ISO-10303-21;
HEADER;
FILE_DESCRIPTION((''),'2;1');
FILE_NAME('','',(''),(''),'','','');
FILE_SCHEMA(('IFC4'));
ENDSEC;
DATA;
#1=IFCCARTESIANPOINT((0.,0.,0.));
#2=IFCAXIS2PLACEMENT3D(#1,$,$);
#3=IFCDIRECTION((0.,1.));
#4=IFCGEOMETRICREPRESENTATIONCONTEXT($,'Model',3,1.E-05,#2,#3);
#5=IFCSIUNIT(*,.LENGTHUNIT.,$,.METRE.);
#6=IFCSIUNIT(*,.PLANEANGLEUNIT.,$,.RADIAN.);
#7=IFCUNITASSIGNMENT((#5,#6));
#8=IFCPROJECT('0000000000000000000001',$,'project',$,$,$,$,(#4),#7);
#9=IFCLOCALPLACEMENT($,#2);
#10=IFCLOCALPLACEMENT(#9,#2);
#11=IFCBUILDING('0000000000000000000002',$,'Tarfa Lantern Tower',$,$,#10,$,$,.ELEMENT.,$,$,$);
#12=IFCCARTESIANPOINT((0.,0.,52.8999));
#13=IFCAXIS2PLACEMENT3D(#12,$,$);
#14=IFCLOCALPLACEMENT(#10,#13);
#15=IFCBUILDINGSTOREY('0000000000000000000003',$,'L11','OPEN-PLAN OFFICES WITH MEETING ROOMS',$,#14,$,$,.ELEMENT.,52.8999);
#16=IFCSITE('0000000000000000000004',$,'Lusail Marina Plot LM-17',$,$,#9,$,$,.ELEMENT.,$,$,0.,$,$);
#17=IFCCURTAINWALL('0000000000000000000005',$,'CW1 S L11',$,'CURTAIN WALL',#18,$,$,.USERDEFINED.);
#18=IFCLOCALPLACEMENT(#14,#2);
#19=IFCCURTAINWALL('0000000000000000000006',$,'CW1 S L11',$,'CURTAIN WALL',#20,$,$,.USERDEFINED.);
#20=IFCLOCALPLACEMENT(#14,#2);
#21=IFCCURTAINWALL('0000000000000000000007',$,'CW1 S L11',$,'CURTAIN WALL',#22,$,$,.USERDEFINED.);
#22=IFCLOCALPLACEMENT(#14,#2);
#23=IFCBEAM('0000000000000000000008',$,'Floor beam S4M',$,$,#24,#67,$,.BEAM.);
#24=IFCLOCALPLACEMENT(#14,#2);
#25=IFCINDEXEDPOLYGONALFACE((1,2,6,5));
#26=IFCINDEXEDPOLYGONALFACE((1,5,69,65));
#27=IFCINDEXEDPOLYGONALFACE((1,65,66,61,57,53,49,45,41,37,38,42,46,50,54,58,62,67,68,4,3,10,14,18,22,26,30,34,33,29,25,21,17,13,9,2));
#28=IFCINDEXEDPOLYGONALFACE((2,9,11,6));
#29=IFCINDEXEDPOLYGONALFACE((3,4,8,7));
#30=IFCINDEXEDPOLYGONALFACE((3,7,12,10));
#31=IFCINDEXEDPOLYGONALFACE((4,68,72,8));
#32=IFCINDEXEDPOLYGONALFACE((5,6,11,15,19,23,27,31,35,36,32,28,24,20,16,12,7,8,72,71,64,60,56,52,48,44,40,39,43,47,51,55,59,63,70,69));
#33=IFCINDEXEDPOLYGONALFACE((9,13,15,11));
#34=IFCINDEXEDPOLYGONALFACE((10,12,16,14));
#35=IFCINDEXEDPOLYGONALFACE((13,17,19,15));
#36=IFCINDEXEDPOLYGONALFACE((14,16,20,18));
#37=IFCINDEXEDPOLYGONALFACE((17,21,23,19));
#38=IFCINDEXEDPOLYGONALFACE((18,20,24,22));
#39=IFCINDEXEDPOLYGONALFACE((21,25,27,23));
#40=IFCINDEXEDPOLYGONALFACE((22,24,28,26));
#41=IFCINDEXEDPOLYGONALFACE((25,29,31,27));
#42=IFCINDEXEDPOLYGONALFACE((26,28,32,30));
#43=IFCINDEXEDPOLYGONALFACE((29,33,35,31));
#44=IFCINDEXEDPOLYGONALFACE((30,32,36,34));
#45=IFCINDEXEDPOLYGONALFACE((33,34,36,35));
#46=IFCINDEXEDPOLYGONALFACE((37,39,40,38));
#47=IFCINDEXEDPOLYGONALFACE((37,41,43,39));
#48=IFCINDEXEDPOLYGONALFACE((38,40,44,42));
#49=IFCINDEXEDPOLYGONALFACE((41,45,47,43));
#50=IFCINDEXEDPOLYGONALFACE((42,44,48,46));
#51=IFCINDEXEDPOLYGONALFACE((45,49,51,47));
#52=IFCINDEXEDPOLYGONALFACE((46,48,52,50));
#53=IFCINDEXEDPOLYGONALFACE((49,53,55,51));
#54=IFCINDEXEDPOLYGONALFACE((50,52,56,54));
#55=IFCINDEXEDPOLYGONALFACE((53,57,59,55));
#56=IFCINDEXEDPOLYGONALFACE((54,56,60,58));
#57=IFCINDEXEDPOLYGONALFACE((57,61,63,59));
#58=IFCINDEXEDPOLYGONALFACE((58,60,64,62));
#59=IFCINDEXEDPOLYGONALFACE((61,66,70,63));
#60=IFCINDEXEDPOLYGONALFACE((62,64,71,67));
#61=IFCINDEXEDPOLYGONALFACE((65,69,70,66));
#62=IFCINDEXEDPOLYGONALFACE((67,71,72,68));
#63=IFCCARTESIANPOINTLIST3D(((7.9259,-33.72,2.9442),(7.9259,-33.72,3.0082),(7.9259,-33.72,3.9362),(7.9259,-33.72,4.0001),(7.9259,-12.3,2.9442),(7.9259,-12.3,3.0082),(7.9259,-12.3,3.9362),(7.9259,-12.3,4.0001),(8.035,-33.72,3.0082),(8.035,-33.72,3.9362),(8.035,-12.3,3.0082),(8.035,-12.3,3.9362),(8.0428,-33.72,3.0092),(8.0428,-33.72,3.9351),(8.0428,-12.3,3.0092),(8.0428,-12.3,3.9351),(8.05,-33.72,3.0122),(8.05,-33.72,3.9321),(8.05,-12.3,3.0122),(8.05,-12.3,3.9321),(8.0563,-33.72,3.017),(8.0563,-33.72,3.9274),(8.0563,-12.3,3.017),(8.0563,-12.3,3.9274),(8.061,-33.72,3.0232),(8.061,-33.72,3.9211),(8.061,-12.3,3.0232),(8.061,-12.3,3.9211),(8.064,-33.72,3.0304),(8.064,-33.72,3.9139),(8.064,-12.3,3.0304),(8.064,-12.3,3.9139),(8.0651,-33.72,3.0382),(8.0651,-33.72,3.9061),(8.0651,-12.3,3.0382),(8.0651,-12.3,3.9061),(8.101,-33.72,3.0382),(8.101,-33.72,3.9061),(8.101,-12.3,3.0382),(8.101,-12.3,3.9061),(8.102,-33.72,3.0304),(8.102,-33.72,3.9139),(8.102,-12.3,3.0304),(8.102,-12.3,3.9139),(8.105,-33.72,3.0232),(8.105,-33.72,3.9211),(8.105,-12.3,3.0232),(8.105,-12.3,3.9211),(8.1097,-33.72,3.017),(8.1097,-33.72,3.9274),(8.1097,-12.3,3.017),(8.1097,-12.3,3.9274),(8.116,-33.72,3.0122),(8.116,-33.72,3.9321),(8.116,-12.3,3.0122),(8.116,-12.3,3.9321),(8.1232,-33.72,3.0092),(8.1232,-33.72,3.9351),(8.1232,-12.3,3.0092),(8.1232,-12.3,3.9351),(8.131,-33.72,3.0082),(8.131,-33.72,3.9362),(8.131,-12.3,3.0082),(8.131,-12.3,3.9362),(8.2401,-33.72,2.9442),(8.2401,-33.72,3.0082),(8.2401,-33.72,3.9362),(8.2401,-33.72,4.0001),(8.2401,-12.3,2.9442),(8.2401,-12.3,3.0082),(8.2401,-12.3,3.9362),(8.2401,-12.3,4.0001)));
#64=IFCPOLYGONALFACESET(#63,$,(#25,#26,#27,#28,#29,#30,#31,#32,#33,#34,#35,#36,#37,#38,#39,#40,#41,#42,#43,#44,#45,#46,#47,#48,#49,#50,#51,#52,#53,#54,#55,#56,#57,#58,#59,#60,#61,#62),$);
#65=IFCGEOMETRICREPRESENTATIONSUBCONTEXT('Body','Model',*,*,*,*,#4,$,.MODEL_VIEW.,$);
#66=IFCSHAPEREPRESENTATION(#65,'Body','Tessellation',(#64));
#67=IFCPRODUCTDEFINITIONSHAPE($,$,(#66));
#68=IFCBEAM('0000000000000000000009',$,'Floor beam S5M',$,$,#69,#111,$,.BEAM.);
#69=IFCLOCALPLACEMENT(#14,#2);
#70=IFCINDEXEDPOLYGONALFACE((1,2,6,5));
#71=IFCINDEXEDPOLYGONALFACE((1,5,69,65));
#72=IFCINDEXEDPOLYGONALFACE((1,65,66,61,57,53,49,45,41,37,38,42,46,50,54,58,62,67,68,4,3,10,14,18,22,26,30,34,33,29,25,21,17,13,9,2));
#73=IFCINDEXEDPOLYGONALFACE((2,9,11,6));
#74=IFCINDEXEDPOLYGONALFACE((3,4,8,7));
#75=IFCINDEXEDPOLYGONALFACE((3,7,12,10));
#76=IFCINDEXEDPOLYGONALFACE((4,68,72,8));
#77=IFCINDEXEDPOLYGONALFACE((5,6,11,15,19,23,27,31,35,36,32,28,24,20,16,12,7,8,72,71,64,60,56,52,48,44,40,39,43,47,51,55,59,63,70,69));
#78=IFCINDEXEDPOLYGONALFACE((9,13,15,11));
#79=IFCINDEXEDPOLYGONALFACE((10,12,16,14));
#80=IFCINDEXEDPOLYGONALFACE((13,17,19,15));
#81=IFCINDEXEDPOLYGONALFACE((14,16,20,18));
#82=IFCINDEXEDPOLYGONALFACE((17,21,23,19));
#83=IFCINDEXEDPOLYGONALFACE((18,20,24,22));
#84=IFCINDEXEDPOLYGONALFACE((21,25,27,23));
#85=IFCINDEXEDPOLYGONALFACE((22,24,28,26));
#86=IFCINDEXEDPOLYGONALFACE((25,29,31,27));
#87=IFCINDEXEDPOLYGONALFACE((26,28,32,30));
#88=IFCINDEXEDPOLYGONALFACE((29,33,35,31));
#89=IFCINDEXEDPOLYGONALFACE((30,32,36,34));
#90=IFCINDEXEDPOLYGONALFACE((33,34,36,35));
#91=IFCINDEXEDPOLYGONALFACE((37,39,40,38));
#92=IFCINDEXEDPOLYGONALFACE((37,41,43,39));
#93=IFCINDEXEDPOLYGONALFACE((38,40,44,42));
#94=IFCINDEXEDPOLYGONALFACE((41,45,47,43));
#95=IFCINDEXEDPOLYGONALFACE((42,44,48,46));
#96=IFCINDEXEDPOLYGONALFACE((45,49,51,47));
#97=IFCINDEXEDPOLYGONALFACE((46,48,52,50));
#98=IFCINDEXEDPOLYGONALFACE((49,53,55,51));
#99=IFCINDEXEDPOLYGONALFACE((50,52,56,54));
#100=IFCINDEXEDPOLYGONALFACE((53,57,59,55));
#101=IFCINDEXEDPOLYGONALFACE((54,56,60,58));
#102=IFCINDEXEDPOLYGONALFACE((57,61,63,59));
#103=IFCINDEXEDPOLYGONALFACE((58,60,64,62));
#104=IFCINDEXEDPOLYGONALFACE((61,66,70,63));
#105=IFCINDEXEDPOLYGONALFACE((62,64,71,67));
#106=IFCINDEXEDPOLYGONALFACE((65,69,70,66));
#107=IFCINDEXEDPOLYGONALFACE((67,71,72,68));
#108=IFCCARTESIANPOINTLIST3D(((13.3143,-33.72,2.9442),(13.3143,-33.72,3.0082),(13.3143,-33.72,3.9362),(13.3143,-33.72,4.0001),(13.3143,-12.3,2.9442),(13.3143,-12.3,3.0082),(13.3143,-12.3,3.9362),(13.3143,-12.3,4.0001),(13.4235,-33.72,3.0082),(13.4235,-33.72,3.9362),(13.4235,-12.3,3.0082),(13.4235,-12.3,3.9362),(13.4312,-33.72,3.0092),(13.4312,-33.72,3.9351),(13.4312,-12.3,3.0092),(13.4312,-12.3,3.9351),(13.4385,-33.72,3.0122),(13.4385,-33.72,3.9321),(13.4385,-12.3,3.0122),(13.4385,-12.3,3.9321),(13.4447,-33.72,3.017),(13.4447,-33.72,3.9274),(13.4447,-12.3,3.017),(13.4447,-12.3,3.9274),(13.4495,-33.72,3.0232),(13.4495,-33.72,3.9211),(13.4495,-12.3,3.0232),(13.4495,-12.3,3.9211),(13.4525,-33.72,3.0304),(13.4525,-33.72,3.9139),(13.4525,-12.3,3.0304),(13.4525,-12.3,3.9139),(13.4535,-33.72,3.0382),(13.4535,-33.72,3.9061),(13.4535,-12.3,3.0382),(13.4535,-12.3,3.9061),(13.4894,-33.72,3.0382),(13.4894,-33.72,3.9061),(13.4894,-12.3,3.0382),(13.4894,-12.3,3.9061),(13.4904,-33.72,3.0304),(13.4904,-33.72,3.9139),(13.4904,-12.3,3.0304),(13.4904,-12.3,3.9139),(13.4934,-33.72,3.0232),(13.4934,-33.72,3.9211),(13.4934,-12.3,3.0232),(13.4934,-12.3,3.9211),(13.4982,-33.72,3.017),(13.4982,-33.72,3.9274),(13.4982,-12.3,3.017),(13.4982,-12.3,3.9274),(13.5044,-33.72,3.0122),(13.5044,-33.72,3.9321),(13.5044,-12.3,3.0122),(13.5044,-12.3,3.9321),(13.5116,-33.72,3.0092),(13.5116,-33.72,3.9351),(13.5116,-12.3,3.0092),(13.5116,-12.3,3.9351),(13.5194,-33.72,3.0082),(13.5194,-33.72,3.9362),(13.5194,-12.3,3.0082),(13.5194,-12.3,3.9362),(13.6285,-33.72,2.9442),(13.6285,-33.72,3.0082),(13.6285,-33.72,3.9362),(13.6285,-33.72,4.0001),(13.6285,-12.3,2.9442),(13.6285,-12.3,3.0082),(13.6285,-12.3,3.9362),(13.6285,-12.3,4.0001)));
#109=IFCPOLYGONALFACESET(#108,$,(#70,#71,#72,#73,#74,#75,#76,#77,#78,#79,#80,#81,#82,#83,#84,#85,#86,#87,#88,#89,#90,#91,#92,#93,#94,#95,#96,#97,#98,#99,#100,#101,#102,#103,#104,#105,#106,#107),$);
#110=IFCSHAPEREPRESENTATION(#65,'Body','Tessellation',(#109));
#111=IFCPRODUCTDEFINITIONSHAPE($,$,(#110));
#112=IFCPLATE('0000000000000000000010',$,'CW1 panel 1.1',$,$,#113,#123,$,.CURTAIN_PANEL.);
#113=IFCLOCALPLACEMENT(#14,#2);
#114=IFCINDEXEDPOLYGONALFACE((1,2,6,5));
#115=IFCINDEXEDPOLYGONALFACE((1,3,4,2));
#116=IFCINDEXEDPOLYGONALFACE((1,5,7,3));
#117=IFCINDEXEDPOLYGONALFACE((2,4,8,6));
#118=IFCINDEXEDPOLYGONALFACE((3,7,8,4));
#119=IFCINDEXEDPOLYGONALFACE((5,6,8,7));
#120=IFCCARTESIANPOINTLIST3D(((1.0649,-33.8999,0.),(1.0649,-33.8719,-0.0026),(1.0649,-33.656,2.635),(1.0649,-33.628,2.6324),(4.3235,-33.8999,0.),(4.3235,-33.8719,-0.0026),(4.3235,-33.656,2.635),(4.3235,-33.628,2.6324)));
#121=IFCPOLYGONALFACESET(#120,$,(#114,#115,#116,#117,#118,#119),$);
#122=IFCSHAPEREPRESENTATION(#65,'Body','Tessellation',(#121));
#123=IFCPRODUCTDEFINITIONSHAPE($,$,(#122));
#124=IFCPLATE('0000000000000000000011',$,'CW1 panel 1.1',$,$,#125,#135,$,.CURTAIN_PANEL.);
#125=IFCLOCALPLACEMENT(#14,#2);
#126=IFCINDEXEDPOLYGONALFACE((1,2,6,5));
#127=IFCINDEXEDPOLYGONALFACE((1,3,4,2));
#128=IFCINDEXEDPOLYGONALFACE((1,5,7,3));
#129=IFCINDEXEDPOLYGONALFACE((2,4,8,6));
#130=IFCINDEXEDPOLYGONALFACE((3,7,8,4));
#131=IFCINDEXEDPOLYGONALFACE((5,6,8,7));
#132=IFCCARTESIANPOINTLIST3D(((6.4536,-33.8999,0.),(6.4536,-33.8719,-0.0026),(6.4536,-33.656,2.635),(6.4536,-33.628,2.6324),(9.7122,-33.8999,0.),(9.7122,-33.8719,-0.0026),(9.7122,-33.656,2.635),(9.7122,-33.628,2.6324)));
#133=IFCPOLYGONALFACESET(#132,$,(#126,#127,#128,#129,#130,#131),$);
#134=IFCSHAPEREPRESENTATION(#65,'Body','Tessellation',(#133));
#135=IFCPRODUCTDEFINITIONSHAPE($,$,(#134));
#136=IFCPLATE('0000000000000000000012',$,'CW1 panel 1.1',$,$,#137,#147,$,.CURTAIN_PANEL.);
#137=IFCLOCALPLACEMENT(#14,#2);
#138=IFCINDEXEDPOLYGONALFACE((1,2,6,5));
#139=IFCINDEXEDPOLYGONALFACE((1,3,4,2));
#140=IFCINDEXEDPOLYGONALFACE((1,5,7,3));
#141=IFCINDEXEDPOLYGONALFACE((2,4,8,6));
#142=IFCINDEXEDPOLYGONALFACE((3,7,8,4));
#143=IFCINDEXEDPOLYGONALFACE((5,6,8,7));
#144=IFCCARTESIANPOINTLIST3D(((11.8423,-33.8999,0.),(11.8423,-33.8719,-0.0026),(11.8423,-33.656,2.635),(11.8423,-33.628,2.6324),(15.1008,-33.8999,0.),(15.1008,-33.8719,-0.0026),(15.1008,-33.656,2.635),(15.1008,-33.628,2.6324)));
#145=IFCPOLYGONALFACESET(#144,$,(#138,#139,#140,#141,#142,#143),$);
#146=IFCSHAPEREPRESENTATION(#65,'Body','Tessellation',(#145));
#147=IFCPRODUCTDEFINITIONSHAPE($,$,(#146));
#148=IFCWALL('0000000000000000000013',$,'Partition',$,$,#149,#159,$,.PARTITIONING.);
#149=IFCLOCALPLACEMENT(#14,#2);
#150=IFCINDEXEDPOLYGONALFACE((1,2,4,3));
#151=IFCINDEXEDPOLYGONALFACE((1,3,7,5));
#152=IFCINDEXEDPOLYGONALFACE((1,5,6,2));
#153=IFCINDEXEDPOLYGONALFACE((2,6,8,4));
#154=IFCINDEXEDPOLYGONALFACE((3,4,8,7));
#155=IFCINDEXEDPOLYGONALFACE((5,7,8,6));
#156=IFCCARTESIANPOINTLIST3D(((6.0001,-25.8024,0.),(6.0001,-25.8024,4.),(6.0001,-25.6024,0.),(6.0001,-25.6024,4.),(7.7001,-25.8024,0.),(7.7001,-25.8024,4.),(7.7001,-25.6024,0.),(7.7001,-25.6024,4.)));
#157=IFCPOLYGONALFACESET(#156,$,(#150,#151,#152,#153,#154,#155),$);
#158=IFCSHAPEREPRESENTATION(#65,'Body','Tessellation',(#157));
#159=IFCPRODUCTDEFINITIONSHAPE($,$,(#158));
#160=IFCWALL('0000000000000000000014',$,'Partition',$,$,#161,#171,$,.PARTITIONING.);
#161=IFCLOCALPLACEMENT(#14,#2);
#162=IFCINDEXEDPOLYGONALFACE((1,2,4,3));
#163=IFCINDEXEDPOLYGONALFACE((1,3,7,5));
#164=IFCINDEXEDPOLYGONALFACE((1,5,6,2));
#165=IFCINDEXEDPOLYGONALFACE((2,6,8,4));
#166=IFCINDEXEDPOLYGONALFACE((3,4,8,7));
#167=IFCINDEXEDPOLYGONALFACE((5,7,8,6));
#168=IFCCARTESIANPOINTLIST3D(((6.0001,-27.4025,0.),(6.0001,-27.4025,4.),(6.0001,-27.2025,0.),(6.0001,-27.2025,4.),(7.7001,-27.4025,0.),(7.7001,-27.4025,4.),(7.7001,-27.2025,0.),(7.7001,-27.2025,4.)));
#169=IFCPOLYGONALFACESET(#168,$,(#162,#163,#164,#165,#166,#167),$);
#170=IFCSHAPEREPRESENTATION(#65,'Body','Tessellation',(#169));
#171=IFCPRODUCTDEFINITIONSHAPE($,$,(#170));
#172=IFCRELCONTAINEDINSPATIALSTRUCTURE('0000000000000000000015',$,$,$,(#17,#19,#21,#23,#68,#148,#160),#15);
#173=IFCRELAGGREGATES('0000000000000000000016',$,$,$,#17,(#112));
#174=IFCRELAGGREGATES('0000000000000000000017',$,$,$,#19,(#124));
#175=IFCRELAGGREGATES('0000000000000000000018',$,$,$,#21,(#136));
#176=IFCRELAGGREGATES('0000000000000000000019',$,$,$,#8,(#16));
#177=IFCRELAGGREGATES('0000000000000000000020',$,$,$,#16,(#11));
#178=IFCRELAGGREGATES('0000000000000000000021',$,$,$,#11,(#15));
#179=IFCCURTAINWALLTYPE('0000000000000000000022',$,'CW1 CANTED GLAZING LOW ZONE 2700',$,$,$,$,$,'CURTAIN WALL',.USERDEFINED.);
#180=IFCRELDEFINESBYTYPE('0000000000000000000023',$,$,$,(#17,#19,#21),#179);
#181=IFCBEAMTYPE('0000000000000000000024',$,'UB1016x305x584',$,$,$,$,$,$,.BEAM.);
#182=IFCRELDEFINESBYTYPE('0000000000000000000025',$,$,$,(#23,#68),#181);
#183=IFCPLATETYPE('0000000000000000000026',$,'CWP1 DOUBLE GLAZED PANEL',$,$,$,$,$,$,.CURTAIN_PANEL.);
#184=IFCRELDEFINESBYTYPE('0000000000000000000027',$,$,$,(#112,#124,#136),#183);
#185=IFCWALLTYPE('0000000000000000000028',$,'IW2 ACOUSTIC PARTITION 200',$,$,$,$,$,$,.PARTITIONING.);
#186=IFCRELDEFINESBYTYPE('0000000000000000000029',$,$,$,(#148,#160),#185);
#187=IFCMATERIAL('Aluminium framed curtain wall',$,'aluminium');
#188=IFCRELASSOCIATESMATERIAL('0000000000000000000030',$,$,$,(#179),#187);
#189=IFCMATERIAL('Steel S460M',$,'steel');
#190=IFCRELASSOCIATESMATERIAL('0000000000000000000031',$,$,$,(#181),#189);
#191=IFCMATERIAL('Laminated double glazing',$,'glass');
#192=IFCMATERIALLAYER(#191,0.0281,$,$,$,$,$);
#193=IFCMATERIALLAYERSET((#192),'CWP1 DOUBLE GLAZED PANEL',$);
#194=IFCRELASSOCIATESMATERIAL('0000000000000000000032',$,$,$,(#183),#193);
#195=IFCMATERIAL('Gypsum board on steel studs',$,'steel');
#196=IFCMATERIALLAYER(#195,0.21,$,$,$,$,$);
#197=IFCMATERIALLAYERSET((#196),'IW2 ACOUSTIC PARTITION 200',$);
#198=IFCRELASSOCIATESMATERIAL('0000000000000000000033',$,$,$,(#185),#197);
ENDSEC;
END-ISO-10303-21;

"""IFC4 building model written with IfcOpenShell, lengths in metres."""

from ifc_helpers import new_model, si_unit, direction, frame, frame_2d, origin, origin_2d, place, context, subcontext, project, spatial, polyline, rectangle, i_section, outline, extrude, material, layer, layer_set, material_profile, profile_set, type_object, element, aggregate, save


model = new_model("IFC4")

# Units and contexts
model_context = context("Model", 3, precision=1e-05, world=origin(), true_north=direction((0.0, 1.0)))
body_context = subcontext(model_context, "Body", "Model", "MODEL_VIEW")
ifc_project = project(units=[si_unit("LENGTHUNIT", "METRE"), si_unit("PLANEANGLEUNIT", "RADIAN")], contexts=[model_context])

# Site, building, storey
site_placement = place(None, origin())
site = spatial("IfcSite", under=ifc_project, at=site_placement, Name="Lusail Marina Plot LM-17", CompositionType="ELEMENT", RefElevation=0.0)
building_placement = place(site_placement, origin())
building = spatial("IfcBuilding", under=site, at=building_placement, Name="Tarfa Lantern Tower", CompositionType="ELEMENT")
storey_placement = place(building_placement, frame((0.0, 0.0, 52.8999)))
storey = spatial("IfcBuildingStorey", under=building, at=storey_placement, Name="L11", Description="OPEN-PLAN OFFICES WITH MEETING ROOMS", CompositionType="ELEMENT", Elevation=52.8999)

# Curtain walls
ifc_material_1 = material(Name="Aluminium framed curtain wall", Category="aluminium")
curtain_wall_type = type_object("IfcCurtainWallType", Name="CW1 CANTED GLAZING LOW ZONE 2700", ElementType="CURTAIN WALL", PredefinedType="USERDEFINED", material=ifc_material_1)
curtain_wall_1_placement = place(storey_placement, origin())
curtain_wall_1 = element("IfcCurtainWall", 1, at=curtain_wall_1_placement, inside=storey, type_object=curtain_wall_type, Name="CW1 S L11", ObjectType="CURTAIN WALL", PredefinedType="USERDEFINED")
curtain_wall_2_placement = place(storey_placement, origin())
curtain_wall_2 = element("IfcCurtainWall", 2, at=curtain_wall_2_placement, inside=storey, type_object=curtain_wall_type, Name="CW1 S L11", ObjectType="CURTAIN WALL", PredefinedType="USERDEFINED")

# Curtain wall
curtain_wall_3_placement = place(storey_placement, origin())
curtain_wall_3 = element("IfcCurtainWall", 3, at=curtain_wall_3_placement, inside=storey, type_object=curtain_wall_type, Name="CW1 S L11", ObjectType="CURTAIN WALL", PredefinedType="USERDEFINED")

# Beams
ifc_material_2 = material(Name="Steel S460M", Category="steel")
ifc_material_profile_1 = material_profile(ifc_material_2, i_section(OverallWidth=0.3142, OverallDepth=1.0559, WebThickness=0.0359, FlangeThickness=0.064, FilletRadius=0.03, at=origin_2d()), Name="UB1016x305x584")
ifc_profile_set_1 = profile_set([ifc_material_profile_1], Name="Steel S460M")
beam_type_1 = type_object("IfcBeamType", Name="UB1016x305x584", PredefinedType="BEAM", material=ifc_profile_set_1)
for number, where, z_axis, x_axis, name in (
    (4, (8.083, -33.72, 3.4722), (0.0, 1.0, 0.0), (-1.0, 0.0, 0.0), "Floor beam S4M"),
    (5, (13.4714, -33.72, 3.4722), (0.0, 1.0, 0.0), (-1.0, 0.0, 0.0), "Floor beam S5M"),
):
    element("IfcBeam", number, at=place(storey_placement, frame(where, z_axis=z_axis, x_axis=x_axis)), inside=storey, type_object=beam_type_1, Name=name, PredefinedType="BEAM", context=body_context, shape_type="SweptSolid", body=[
        extrude(i_section(OverallWidth=0.3142, OverallDepth=1.0559, WebThickness=0.0359, FlangeThickness=0.064, FilletRadius=0.03, at=origin_2d()), origin(), (0.0, 0.0, 1.0), 21.4199),
    ])

# Plates
ifc_material_3 = material(Name="Laminated double glazing", Category="glass")
ifc_layer_1 = layer(ifc_material_3, 0.0281)
ifc_layer_set_1 = layer_set([ifc_layer_1], Name="CWP1 DOUBLE GLAZED PANEL")
plate_type = type_object("IfcPlateType", Name="CWP1 DOUBLE GLAZED PANEL", PredefinedType="CURTAIN_PANEL", material=ifc_layer_set_1)
plate_1_placement = place(storey_placement, frame((1.0649, -33.8999, 0.0), z_axis=(0.0, -0.995744, 0.092166), x_axis=(1.0, 0.0, 0.0)))
plate_1 = element("IfcPlate", 6, at=plate_1_placement, type_object=plate_type, Name="CW1 panel 1.1", PredefinedType="CURTAIN_PANEL", context=body_context, shape_type="SweptSolid", body=[
    extrude(outline(polyline([(0.0, 0.0), (3.2585, 0.0), (3.2585, 2.6463), (0.0, 2.6463), (0.0, 0.0)])), origin(), (0.0, 0.0, -1.0), 0.0281),
])
aggregate(curtain_wall_1, [plate_1])
plate_2_placement = place(storey_placement, frame((6.4536, -33.8999, 0.0), z_axis=(0.0, -0.995744, 0.092166), x_axis=(1.0, 0.0, 0.0)))
plate_2 = element("IfcPlate", 7, at=plate_2_placement, type_object=plate_type, Name="CW1 panel 1.1", PredefinedType="CURTAIN_PANEL", context=body_context, shape_type="SweptSolid", body=[
    extrude(outline(polyline([(0.0, 0.0), (3.2585, 0.0), (3.2585, 2.6463), (0.0, 2.6463), (0.0, 0.0)])), origin(), (0.0, 0.0, -1.0), 0.0281),
])
aggregate(curtain_wall_2, [plate_2])
plate_3_placement = place(storey_placement, frame((11.8423, -33.8999, 0.0), z_axis=(0.0, -0.995744, 0.092166), x_axis=(1.0, 0.0, 0.0)))
plate_3 = element("IfcPlate", 8, at=plate_3_placement, type_object=plate_type, Name="CW1 panel 1.1", PredefinedType="CURTAIN_PANEL", context=body_context, shape_type="SweptSolid", body=[
    extrude(outline(polyline([(0.0, 0.0), (3.2585, 0.0), (3.2585, 2.6463), (0.0, 2.6463), (0.0, 0.0)])), origin(), (0.0, 0.0, -1.0), 0.0281),
])
aggregate(curtain_wall_3, [plate_3])

# Walls
ifc_material_4 = material(Name="Gypsum board on steel studs", Category="steel")
ifc_layer_2 = layer(ifc_material_4, 0.21)
ifc_layer_set_2 = layer_set([ifc_layer_2], Name="IW2 ACOUSTIC PARTITION 200")
wall_type = type_object("IfcWallType", Name="IW2 ACOUSTIC PARTITION 200", PredefinedType="PARTITIONING", material=ifc_layer_set_2)
for number, where, z_axis, x_axis, name in (
    (9, (6.0, -25.7024, 0.0), (0.0, 0.0, 1.0), (1.0, 0.0, 0.0), "Partition"),
    (10, (6.0, -27.3025, 0.0), (0.0, 0.0, 1.0), (1.0, 0.0, 0.0), "Partition"),
):
    element("IfcWall", number, at=place(storey_placement, frame(where, z_axis=z_axis, x_axis=x_axis)), inside=storey, type_object=wall_type, Name=name, PredefinedType="PARTITIONING", context=body_context, shape_type="SweptSolid", body=[
        extrude(rectangle(XDim=1.7, YDim=0.2, at=frame_2d((0.8501, 0.0))), origin(), (0.0, 0.0, 1.0), 4.0),
    ])

save(model, "model.ifc")
